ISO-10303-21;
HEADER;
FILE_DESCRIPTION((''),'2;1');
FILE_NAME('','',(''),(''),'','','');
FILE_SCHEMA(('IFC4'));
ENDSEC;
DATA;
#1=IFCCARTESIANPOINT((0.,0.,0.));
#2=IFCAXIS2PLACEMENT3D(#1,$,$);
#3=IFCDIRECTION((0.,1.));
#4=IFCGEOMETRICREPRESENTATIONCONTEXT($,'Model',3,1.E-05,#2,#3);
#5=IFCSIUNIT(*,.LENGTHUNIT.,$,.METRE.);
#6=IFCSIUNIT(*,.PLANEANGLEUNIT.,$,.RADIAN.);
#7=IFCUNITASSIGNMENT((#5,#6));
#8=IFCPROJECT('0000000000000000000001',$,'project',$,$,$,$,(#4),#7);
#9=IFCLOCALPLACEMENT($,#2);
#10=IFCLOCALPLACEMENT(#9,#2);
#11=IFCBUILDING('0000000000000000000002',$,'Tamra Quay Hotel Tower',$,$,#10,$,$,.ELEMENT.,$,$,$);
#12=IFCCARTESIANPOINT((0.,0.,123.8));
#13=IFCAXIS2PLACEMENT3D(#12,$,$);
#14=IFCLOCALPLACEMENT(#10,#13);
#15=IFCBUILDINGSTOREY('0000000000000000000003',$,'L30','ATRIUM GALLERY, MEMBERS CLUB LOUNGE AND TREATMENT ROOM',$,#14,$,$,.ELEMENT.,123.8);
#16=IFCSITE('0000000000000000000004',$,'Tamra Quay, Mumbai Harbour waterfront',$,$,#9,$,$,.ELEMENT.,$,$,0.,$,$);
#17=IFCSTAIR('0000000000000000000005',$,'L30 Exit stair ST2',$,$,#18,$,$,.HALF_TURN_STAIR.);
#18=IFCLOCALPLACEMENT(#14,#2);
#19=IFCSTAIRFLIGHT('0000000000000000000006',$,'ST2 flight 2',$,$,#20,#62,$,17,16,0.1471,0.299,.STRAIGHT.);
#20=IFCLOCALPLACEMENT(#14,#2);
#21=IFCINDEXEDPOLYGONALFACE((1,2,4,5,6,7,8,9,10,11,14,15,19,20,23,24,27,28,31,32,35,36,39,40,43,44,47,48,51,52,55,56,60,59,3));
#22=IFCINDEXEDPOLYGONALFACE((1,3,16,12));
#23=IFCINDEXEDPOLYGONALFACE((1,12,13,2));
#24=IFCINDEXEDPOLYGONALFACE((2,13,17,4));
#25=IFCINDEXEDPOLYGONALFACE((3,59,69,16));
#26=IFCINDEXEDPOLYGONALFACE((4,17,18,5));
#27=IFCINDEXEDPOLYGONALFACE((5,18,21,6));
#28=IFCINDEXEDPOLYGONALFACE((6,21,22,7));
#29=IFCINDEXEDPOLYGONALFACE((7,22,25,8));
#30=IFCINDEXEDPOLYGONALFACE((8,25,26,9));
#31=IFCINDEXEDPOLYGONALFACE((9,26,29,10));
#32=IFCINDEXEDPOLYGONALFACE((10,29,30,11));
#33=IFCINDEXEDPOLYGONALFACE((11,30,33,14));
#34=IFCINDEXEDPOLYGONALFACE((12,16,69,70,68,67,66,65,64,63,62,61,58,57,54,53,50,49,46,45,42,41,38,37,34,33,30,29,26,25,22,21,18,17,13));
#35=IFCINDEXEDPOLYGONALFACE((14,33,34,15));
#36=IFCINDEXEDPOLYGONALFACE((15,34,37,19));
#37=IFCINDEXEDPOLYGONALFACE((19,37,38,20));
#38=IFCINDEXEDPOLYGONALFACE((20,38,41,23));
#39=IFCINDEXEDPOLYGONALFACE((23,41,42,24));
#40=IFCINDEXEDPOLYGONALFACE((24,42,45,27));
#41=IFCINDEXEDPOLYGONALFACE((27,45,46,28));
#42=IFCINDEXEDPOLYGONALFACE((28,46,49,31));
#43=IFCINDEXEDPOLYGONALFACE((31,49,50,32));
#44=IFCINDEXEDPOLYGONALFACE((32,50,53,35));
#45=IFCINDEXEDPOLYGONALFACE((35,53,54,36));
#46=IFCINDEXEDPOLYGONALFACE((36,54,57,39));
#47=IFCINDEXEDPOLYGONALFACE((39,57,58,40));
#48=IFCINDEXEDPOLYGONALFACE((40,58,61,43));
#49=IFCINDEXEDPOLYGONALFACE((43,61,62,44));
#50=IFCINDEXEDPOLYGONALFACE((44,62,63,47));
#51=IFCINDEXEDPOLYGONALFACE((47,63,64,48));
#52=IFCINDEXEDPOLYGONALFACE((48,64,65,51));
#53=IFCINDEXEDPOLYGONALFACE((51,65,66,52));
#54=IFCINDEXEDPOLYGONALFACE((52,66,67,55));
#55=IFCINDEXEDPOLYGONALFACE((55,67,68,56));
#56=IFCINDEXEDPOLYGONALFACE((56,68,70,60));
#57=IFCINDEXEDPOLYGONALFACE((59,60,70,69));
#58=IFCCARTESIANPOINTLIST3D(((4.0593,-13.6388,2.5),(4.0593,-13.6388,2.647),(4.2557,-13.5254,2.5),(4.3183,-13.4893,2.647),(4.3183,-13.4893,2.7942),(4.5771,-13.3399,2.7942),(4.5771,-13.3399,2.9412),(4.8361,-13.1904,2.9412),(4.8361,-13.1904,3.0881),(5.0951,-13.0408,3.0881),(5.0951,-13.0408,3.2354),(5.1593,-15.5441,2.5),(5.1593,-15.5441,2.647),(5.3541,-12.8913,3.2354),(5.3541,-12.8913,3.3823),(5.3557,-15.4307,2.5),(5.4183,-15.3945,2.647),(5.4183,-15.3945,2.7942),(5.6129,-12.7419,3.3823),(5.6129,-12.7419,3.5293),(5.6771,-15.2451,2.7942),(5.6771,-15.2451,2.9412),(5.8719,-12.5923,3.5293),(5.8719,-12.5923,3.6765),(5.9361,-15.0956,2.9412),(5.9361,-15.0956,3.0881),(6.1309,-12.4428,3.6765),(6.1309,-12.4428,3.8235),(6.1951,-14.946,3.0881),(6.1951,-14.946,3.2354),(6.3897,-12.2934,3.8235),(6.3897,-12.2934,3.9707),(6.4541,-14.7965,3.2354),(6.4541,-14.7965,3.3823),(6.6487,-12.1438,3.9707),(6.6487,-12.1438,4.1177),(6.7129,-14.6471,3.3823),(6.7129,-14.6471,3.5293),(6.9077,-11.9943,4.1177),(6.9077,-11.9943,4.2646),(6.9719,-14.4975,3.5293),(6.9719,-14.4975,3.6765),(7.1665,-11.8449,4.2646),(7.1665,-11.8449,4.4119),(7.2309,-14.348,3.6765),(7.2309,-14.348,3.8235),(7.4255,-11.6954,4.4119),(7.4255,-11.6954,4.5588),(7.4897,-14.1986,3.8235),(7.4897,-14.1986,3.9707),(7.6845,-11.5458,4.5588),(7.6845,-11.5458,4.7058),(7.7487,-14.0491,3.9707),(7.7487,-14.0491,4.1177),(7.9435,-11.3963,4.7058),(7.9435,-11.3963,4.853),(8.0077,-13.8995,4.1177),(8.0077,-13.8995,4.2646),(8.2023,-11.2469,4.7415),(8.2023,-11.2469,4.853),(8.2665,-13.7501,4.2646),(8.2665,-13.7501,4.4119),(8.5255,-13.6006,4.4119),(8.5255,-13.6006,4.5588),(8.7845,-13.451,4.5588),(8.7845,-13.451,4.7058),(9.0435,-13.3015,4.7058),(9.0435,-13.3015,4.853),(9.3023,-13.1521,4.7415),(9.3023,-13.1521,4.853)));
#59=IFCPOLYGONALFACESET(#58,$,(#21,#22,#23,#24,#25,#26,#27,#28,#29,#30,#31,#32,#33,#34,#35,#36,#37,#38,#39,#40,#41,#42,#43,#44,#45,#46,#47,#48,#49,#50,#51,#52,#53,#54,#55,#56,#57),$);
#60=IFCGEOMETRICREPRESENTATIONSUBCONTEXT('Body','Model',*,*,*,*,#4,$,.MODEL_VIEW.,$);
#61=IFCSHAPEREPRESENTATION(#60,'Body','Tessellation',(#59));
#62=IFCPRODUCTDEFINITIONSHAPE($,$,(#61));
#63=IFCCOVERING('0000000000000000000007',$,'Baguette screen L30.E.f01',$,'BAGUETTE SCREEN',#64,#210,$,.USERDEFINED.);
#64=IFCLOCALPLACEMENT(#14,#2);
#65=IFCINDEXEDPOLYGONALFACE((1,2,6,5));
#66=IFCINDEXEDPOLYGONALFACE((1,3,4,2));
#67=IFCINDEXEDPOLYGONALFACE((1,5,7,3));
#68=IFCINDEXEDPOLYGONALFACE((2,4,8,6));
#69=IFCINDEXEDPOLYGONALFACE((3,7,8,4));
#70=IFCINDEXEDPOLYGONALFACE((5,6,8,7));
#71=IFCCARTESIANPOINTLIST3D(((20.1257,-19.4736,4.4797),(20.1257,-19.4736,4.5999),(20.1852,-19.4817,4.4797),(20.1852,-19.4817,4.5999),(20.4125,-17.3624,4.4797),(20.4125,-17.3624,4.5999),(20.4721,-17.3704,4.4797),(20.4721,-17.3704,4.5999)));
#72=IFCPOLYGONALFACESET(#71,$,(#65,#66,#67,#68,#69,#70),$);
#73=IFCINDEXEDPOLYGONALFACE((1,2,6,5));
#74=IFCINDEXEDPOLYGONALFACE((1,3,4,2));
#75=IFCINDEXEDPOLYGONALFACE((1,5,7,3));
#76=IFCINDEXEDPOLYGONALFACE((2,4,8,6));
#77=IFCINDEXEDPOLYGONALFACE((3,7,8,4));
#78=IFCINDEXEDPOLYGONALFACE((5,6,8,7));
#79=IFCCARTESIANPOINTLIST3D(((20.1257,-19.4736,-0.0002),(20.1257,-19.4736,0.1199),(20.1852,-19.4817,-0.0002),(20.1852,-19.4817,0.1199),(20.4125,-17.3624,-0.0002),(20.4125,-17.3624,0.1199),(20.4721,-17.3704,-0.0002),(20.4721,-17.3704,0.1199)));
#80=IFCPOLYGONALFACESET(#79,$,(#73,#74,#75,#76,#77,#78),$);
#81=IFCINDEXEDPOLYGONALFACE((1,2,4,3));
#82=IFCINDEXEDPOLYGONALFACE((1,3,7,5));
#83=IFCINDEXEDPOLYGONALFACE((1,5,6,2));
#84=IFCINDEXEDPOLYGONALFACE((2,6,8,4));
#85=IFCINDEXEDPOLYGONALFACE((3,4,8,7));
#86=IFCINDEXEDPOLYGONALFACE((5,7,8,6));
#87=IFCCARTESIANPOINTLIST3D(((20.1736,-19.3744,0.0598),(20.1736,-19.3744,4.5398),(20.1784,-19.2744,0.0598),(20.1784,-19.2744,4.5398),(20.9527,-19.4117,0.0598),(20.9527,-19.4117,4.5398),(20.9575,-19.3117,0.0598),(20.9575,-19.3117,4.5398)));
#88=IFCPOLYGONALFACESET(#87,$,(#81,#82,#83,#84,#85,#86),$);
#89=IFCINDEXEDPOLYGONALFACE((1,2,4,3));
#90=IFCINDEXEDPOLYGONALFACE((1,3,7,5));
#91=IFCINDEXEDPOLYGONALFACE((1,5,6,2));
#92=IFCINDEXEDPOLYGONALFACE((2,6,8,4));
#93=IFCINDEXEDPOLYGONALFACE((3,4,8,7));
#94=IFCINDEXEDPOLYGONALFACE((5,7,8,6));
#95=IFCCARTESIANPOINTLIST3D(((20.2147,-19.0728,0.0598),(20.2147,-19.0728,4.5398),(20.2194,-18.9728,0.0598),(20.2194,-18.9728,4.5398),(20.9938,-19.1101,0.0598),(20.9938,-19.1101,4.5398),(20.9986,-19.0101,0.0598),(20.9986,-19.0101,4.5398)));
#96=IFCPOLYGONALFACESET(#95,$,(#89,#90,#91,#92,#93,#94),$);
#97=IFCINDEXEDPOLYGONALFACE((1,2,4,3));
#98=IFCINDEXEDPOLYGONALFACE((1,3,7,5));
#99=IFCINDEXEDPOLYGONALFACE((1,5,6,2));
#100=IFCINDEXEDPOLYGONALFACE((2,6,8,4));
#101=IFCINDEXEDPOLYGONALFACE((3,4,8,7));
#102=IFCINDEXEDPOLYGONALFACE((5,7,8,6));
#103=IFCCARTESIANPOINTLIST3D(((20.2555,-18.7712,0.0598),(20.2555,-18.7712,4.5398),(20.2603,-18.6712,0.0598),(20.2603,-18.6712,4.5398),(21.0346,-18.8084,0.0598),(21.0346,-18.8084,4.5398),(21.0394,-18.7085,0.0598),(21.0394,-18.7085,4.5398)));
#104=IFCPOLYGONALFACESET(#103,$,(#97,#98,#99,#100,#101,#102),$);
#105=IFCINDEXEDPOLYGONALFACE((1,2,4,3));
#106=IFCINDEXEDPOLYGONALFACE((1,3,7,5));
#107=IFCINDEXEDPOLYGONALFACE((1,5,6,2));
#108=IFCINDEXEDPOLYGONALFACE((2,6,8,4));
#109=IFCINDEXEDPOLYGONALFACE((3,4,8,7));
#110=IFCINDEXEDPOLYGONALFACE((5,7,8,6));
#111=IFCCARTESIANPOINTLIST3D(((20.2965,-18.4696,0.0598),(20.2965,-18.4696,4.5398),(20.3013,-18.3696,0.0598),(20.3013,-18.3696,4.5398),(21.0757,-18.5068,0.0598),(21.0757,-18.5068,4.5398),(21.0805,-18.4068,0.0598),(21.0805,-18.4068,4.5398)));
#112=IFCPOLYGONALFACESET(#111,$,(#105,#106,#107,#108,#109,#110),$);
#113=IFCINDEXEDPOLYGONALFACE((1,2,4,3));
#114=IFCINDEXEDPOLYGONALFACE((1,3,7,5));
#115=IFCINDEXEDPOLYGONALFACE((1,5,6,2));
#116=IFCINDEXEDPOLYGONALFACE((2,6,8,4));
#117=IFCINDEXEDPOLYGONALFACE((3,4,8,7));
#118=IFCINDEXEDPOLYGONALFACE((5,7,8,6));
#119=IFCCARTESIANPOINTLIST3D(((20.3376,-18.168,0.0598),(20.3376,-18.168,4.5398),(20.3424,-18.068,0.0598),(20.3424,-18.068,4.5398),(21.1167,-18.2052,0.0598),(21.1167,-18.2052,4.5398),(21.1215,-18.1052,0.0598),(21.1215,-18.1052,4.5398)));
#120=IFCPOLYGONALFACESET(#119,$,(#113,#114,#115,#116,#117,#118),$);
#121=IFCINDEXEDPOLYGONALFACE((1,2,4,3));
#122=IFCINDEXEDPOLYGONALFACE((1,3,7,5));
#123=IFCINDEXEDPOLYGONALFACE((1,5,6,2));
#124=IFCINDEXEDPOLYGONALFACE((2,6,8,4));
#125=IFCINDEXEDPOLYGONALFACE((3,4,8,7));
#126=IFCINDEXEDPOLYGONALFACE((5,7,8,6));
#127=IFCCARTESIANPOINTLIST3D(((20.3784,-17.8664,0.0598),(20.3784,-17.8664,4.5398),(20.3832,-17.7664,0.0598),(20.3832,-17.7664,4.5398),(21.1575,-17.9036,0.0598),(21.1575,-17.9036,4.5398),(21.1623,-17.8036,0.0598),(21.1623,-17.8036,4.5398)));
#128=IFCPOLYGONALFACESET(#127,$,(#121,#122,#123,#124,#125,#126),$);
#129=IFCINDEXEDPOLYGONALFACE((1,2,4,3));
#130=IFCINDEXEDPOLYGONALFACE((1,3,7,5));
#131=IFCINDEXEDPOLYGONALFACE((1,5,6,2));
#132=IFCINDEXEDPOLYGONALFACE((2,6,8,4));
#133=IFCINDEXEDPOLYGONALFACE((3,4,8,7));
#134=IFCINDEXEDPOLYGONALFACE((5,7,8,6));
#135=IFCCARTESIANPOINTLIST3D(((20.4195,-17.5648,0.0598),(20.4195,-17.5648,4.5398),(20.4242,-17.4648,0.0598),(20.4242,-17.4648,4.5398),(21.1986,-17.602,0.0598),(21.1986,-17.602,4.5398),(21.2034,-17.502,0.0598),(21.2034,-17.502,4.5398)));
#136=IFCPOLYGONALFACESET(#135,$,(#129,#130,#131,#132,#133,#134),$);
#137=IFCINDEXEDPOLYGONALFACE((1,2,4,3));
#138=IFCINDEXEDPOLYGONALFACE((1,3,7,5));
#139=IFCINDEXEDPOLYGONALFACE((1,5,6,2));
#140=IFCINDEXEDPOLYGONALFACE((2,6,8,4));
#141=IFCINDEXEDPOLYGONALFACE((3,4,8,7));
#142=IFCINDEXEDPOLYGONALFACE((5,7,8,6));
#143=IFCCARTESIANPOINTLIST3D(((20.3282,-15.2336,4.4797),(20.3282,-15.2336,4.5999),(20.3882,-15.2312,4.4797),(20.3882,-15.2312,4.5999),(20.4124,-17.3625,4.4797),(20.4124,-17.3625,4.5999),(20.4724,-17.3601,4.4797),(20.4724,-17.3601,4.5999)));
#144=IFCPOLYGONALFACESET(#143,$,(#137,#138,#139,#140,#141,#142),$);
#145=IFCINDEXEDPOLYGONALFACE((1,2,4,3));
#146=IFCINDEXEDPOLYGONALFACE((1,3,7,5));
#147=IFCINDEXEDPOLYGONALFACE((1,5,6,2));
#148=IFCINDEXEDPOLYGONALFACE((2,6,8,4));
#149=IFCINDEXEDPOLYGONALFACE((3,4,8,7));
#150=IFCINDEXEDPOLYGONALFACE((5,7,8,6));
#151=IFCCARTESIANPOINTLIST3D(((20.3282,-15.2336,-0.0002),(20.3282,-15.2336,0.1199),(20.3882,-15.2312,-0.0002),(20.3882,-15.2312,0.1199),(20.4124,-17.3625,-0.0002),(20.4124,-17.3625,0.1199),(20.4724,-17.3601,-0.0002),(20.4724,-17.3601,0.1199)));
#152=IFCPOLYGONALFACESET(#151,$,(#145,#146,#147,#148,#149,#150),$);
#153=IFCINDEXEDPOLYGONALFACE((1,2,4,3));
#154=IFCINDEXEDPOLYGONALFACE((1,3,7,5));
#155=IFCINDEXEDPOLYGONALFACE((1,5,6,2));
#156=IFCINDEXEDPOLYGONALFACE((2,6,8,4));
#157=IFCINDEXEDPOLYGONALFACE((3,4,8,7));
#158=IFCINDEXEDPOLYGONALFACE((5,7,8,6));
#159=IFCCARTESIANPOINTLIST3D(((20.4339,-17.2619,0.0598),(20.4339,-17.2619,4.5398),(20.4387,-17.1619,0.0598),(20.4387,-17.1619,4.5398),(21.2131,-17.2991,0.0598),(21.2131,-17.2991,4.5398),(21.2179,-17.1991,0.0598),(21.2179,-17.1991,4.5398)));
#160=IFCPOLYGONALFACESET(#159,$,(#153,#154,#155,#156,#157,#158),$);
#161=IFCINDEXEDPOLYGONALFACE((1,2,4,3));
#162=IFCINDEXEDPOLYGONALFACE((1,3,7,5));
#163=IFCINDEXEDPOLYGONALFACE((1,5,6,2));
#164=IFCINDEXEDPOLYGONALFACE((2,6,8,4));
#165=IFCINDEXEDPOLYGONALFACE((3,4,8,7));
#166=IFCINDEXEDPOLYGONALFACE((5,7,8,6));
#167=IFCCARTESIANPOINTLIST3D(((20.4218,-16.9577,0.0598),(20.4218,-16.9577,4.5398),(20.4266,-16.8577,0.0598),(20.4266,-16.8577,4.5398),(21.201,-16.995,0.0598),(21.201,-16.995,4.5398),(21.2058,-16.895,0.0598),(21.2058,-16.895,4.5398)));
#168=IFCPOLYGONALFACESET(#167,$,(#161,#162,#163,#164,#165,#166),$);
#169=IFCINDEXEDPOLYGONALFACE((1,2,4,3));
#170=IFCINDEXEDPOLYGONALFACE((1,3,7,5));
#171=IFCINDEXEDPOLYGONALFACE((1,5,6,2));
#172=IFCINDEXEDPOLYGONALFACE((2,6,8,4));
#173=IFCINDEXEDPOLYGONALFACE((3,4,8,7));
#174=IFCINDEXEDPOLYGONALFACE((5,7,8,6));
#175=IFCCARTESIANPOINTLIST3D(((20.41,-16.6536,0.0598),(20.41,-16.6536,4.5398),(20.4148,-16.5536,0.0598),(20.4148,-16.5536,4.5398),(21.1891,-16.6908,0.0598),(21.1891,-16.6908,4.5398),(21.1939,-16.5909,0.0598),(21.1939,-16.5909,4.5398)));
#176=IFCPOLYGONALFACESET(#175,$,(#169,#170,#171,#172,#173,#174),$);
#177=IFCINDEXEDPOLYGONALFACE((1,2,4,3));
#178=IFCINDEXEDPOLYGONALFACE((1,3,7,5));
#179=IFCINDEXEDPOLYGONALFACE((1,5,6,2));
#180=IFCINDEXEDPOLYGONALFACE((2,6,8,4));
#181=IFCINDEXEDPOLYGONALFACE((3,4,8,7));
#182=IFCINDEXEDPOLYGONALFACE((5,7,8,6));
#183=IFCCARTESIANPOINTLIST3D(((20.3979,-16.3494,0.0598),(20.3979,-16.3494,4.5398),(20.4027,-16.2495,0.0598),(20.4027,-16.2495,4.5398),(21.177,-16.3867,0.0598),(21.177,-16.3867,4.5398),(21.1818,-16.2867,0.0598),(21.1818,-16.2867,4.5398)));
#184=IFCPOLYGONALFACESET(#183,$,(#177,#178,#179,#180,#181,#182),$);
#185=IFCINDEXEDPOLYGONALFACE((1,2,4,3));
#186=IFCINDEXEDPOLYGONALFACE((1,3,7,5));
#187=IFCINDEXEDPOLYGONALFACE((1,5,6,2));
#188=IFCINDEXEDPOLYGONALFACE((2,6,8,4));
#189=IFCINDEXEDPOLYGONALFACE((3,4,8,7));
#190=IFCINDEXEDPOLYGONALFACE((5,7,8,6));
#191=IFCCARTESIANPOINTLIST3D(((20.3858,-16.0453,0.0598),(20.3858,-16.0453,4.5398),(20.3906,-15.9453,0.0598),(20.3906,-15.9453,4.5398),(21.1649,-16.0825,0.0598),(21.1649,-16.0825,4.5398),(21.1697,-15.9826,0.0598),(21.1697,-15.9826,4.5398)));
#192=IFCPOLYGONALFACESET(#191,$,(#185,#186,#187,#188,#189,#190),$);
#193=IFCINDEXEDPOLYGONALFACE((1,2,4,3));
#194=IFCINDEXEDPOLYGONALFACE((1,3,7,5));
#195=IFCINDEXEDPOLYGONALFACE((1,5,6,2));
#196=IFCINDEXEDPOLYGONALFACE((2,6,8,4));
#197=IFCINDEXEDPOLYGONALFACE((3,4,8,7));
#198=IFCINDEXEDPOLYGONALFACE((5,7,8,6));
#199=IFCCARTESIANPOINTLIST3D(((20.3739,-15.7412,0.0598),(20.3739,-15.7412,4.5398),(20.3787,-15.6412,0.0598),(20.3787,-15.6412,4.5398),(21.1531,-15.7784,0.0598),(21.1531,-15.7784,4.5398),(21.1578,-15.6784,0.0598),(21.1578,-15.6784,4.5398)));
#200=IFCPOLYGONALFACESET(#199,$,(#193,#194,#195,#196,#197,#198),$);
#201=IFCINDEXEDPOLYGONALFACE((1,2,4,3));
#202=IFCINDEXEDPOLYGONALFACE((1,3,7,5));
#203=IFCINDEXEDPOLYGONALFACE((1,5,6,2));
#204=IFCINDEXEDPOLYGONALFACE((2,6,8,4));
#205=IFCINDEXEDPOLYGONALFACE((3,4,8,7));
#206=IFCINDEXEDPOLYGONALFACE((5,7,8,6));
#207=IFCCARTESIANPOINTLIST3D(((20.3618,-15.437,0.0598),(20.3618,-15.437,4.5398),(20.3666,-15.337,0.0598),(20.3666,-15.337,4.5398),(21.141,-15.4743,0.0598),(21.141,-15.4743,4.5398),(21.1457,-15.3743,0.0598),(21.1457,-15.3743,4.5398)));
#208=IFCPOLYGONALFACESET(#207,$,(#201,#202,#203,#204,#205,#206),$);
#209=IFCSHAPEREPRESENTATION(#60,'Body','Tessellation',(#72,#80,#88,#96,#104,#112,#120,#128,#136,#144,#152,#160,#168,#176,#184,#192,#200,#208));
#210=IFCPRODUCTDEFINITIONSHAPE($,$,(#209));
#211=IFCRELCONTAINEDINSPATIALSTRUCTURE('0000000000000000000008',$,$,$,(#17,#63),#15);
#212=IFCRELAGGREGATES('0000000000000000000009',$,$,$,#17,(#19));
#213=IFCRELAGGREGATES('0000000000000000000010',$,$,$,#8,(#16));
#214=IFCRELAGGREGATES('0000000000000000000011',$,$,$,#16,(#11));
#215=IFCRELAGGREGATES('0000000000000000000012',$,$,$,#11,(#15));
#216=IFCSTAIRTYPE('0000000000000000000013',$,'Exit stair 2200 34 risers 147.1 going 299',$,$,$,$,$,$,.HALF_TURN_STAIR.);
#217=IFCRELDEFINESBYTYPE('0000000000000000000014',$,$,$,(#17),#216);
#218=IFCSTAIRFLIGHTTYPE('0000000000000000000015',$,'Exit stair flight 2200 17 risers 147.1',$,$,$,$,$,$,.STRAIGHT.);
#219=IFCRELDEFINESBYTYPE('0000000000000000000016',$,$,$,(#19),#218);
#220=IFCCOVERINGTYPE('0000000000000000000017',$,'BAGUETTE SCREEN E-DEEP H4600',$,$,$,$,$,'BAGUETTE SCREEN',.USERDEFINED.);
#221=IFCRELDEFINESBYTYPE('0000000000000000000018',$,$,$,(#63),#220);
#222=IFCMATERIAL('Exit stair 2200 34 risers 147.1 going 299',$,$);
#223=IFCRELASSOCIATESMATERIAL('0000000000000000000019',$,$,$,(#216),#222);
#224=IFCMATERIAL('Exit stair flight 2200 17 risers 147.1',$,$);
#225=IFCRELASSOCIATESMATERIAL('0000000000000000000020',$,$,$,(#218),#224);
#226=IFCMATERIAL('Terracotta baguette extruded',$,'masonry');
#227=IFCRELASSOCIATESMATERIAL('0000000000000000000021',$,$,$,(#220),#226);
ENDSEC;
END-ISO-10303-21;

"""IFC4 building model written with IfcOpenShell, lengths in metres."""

from ifc_helpers import new_model, si_unit, direction, frame, frame_2d, origin, place, context, subcontext, project, spatial, polyline, rectangle, outline, extrude, source, transform, mapped, material, type_object, element, aggregate, save


model = new_model("IFC4")

# Units and contexts
model_context = context("Model", 3, precision=1e-05, world=origin(), true_north=direction((0.0, 1.0)))
body_context = subcontext(model_context, "Body", "Model", "MODEL_VIEW")
ifc_project = project(units=[si_unit("LENGTHUNIT", "METRE"), si_unit("PLANEANGLEUNIT", "RADIAN")], contexts=[model_context])

# Site, building, storey
site_placement = place(None, origin())
site = spatial("IfcSite", under=ifc_project, at=site_placement, Name="Tamra Quay, Mumbai Harbour waterfront", CompositionType="ELEMENT", RefElevation=0.0)
building_placement = place(site_placement, origin())
building = spatial("IfcBuilding", under=site, at=building_placement, Name="Tamra Quay Hotel Tower", CompositionType="ELEMENT")
storey_placement = place(building_placement, frame((0.0, 0.0, 123.8)))
storey = spatial("IfcBuildingStorey", under=building, at=storey_placement, Name="L30", Description="ATRIUM GALLERY, MEMBERS CLUB LOUNGE AND TREATMENT ROOM", CompositionType="ELEMENT", Elevation=123.8)

# Stair, stair flight
ifc_material_1 = material(Name="Exit stair 2200 34 risers 147.1 going 299")
stair_type = type_object("IfcStairType", Name="Exit stair 2200 34 risers 147.1 going 299", PredefinedType="HALF_TURN_STAIR", material=ifc_material_1)
stair_placement = place(storey_placement, origin())
stair = element("IfcStair", 1, at=stair_placement, inside=storey, type_object=stair_type, Name="L30 Exit stair ST2", PredefinedType="HALF_TURN_STAIR")
ifc_material_2 = material(Name="Exit stair flight 2200 17 risers 147.1")
stair_flight_type = type_object("IfcStairFlightType", Name="Exit stair flight 2200 17 risers 147.1", PredefinedType="STRAIGHT", material=ifc_material_2)
stair_flight_placement = place(storey_placement, frame((4.6094, -14.5916, 2.5), z_axis=(0.0, 0.0, 1.0), x_axis=(0.866025, 0.5, 0.0)))
stair_flight = element("IfcStairFlight", 2, at=stair_flight_placement, type_object=stair_flight_type, Name="ST2 flight 2", NumberOfRisers=17, NumberOfTreads=16, PredefinedType="STRAIGHT", RiserHeight=0.1471, TreadLength=0.299, context=body_context, shape_type="SweptSolid", body=[
    extrude(outline(polyline([(0.0, 0.0), (0.0, 0.147), (0.2991, 0.147), (0.2991, 0.2942), (0.5979, 0.2942), (0.5979, 0.4412), (0.897, 0.4412), (0.897, 0.5881), (1.196, 0.5881), (1.196, 0.7354), (1.4951, 0.7354), (1.4951, 0.8823), (1.7939, 0.8823), (1.7939, 1.0293), (2.093, 1.0293), (2.093, 1.1765), (2.3921, 1.1765), (2.3921, 1.3235), (2.6909, 1.3235), (2.6909, 1.4707), (2.99, 1.4707), (2.99, 1.6177), (3.2891, 1.6177), (3.2891, 1.7646), (3.5879, 1.7646), (3.5879, 1.9119), (3.887, 1.9119), (3.887, 2.0588), (4.186, 2.0588), (4.186, 2.2058), (4.4851, 2.2058), (4.4851, 2.353), (4.7839, 2.353), (4.7839, 2.5), (4.7839, 2.2415), (0.2268, 0.0), (0.0, 0.0)])), frame((0.0, 1.1001, 0.0), z_axis=(0.0, -1.0, 0.0), x_axis=(1.0, 0.0, 0.0)), (0.0, 0.0, 1.0), 2.2),
])
aggregate(stair, [stair_flight])

# Covering
ifc_material_3 = material(Name="Terracotta baguette extruded", Category="masonry")
covering_type_1 = type_object("IfcCoveringType", Name="BAGUETTE SCREEN E-DEEP H4600", ElementType="BAGUETTE SCREEN", PredefinedType="USERDEFINED", material=ifc_material_3)
shared_shape_1 = source(origin(), body_context, "Body", "SweptSolid", [
    extrude(rectangle(XDim=2.1306, YDim=0.0601, at=frame_2d((1.0654, 0.03))), frame((-2.1277, -0.0579, -0.1201), z_axis=(0.0, 0.0, 1.0), x_axis=(0.996195, -0.087156, 0.0)), (0.0, 0.0, 1.0), 0.1201),
    extrude(rectangle(XDim=2.1306, YDim=0.0601, at=frame_2d((1.0654, 0.03))), frame((-2.1277, -0.0579, -4.6001), z_axis=(0.0, 0.0, 1.0), x_axis=(0.996195, -0.087156, 0.0)), (0.0, 0.0, 1.0), 0.1201),
    extrude(rectangle(XDim=0.1001, YDim=0.78, at=frame_2d((0.05, 0.3901))), frame((-2.021, -0.8213, -4.54)), (0.0, 0.0, 1.0), 4.48),
    extrude(rectangle(XDim=0.1001, YDim=0.78, at=frame_2d((0.05, 0.3901))), frame((-1.7178, -0.8479, -4.54)), (0.0, 0.0, 1.0), 4.48),
    extrude(rectangle(XDim=0.1001, YDim=0.78, at=frame_2d((0.05, 0.3901))), frame((-1.4146, -0.8743, -4.54)), (0.0, 0.0, 1.0), 4.48),
    extrude(rectangle(XDim=0.1001, YDim=0.78, at=frame_2d((0.05, 0.3901))), frame((-1.1113, -0.9009, -4.54)), (0.0, 0.0, 1.0), 4.48),
    extrude(rectangle(XDim=0.1001, YDim=0.78, at=frame_2d((0.05, 0.3901))), frame((-0.8081, -0.9275, -4.54)), (0.0, 0.0, 1.0), 4.48),
    extrude(rectangle(XDim=0.1001, YDim=0.78, at=frame_2d((0.05, 0.3901))), frame((-0.5049, -0.9539, -4.54)), (0.0, 0.0, 1.0), 4.48),
    extrude(rectangle(XDim=0.1001, YDim=0.78, at=frame_2d((0.05, 0.3901))), frame((-0.2017, -0.9805, -4.54)), (0.0, 0.0, 1.0), 4.48),
    extrude(rectangle(XDim=2.1306, YDim=0.0601, at=frame_2d((1.0654, 0.03))), frame((0.0051, -0.2434, -0.1201), z_axis=(0.0, 0.0, 1.0), x_axis=(0.996195, 0.087156, 0.0)), (0.0, 0.0, 1.0), 0.1201),
    extrude(rectangle(XDim=2.1306, YDim=0.0601, at=frame_2d((1.0654, 0.03))), frame((0.0051, -0.2434, -4.6001), z_axis=(0.0, 0.0, 1.0), x_axis=(0.996195, 0.087156, 0.0)), (0.0, 0.0, 1.0), 0.1201),
    extrude(rectangle(XDim=0.1001, YDim=0.78, at=frame_2d((0.05, 0.3901))), frame((0.1016, -0.9805, -4.54)), (0.0, 0.0, 1.0), 4.48),
    extrude(rectangle(XDim=0.1001, YDim=0.78, at=frame_2d((0.05, 0.3901))), frame((0.4048, -0.9539, -4.54)), (0.0, 0.0, 1.0), 4.48),
    extrude(rectangle(XDim=0.1001, YDim=0.78, at=frame_2d((0.05, 0.3901))), frame((0.708, -0.9275, -4.54)), (0.0, 0.0, 1.0), 4.48),
    extrude(rectangle(XDim=0.1001, YDim=0.78, at=frame_2d((0.05, 0.3901))), frame((1.0112, -0.9009, -4.54)), (0.0, 0.0, 1.0), 4.48),
    extrude(rectangle(XDim=0.1001, YDim=0.78, at=frame_2d((0.05, 0.3901))), frame((1.3145, -0.8743, -4.54)), (0.0, 0.0, 1.0), 4.48),
    extrude(rectangle(XDim=0.1001, YDim=0.78, at=frame_2d((0.05, 0.3901))), frame((1.6177, -0.8479, -4.54)), (0.0, 0.0, 1.0), 4.48),
    extrude(rectangle(XDim=0.1001, YDim=0.78, at=frame_2d((0.05, 0.3901))), frame((1.9209, -0.8213, -4.54)), (0.0, 0.0, 1.0), 4.48),
])
covering_1_placement = place(storey_placement, frame((20.229, -17.3538, 4.5999), z_axis=(0.0, 0.0, 1.0), x_axis=(0.047747, 0.998859, 0.0)))
element("IfcCovering", 3, at=covering_1_placement, inside=storey, type_object=covering_type_1, Name="Baguette screen L30.E.f01", ObjectType="BAGUETTE SCREEN", PredefinedType="USERDEFINED", context=body_context, shape_type="MappedRepresentation", body=[
    mapped(shared_shape_1, transform((0.0, 0.0, 0.0), scale=1.0)),
])

save(model, "model.ifc")
